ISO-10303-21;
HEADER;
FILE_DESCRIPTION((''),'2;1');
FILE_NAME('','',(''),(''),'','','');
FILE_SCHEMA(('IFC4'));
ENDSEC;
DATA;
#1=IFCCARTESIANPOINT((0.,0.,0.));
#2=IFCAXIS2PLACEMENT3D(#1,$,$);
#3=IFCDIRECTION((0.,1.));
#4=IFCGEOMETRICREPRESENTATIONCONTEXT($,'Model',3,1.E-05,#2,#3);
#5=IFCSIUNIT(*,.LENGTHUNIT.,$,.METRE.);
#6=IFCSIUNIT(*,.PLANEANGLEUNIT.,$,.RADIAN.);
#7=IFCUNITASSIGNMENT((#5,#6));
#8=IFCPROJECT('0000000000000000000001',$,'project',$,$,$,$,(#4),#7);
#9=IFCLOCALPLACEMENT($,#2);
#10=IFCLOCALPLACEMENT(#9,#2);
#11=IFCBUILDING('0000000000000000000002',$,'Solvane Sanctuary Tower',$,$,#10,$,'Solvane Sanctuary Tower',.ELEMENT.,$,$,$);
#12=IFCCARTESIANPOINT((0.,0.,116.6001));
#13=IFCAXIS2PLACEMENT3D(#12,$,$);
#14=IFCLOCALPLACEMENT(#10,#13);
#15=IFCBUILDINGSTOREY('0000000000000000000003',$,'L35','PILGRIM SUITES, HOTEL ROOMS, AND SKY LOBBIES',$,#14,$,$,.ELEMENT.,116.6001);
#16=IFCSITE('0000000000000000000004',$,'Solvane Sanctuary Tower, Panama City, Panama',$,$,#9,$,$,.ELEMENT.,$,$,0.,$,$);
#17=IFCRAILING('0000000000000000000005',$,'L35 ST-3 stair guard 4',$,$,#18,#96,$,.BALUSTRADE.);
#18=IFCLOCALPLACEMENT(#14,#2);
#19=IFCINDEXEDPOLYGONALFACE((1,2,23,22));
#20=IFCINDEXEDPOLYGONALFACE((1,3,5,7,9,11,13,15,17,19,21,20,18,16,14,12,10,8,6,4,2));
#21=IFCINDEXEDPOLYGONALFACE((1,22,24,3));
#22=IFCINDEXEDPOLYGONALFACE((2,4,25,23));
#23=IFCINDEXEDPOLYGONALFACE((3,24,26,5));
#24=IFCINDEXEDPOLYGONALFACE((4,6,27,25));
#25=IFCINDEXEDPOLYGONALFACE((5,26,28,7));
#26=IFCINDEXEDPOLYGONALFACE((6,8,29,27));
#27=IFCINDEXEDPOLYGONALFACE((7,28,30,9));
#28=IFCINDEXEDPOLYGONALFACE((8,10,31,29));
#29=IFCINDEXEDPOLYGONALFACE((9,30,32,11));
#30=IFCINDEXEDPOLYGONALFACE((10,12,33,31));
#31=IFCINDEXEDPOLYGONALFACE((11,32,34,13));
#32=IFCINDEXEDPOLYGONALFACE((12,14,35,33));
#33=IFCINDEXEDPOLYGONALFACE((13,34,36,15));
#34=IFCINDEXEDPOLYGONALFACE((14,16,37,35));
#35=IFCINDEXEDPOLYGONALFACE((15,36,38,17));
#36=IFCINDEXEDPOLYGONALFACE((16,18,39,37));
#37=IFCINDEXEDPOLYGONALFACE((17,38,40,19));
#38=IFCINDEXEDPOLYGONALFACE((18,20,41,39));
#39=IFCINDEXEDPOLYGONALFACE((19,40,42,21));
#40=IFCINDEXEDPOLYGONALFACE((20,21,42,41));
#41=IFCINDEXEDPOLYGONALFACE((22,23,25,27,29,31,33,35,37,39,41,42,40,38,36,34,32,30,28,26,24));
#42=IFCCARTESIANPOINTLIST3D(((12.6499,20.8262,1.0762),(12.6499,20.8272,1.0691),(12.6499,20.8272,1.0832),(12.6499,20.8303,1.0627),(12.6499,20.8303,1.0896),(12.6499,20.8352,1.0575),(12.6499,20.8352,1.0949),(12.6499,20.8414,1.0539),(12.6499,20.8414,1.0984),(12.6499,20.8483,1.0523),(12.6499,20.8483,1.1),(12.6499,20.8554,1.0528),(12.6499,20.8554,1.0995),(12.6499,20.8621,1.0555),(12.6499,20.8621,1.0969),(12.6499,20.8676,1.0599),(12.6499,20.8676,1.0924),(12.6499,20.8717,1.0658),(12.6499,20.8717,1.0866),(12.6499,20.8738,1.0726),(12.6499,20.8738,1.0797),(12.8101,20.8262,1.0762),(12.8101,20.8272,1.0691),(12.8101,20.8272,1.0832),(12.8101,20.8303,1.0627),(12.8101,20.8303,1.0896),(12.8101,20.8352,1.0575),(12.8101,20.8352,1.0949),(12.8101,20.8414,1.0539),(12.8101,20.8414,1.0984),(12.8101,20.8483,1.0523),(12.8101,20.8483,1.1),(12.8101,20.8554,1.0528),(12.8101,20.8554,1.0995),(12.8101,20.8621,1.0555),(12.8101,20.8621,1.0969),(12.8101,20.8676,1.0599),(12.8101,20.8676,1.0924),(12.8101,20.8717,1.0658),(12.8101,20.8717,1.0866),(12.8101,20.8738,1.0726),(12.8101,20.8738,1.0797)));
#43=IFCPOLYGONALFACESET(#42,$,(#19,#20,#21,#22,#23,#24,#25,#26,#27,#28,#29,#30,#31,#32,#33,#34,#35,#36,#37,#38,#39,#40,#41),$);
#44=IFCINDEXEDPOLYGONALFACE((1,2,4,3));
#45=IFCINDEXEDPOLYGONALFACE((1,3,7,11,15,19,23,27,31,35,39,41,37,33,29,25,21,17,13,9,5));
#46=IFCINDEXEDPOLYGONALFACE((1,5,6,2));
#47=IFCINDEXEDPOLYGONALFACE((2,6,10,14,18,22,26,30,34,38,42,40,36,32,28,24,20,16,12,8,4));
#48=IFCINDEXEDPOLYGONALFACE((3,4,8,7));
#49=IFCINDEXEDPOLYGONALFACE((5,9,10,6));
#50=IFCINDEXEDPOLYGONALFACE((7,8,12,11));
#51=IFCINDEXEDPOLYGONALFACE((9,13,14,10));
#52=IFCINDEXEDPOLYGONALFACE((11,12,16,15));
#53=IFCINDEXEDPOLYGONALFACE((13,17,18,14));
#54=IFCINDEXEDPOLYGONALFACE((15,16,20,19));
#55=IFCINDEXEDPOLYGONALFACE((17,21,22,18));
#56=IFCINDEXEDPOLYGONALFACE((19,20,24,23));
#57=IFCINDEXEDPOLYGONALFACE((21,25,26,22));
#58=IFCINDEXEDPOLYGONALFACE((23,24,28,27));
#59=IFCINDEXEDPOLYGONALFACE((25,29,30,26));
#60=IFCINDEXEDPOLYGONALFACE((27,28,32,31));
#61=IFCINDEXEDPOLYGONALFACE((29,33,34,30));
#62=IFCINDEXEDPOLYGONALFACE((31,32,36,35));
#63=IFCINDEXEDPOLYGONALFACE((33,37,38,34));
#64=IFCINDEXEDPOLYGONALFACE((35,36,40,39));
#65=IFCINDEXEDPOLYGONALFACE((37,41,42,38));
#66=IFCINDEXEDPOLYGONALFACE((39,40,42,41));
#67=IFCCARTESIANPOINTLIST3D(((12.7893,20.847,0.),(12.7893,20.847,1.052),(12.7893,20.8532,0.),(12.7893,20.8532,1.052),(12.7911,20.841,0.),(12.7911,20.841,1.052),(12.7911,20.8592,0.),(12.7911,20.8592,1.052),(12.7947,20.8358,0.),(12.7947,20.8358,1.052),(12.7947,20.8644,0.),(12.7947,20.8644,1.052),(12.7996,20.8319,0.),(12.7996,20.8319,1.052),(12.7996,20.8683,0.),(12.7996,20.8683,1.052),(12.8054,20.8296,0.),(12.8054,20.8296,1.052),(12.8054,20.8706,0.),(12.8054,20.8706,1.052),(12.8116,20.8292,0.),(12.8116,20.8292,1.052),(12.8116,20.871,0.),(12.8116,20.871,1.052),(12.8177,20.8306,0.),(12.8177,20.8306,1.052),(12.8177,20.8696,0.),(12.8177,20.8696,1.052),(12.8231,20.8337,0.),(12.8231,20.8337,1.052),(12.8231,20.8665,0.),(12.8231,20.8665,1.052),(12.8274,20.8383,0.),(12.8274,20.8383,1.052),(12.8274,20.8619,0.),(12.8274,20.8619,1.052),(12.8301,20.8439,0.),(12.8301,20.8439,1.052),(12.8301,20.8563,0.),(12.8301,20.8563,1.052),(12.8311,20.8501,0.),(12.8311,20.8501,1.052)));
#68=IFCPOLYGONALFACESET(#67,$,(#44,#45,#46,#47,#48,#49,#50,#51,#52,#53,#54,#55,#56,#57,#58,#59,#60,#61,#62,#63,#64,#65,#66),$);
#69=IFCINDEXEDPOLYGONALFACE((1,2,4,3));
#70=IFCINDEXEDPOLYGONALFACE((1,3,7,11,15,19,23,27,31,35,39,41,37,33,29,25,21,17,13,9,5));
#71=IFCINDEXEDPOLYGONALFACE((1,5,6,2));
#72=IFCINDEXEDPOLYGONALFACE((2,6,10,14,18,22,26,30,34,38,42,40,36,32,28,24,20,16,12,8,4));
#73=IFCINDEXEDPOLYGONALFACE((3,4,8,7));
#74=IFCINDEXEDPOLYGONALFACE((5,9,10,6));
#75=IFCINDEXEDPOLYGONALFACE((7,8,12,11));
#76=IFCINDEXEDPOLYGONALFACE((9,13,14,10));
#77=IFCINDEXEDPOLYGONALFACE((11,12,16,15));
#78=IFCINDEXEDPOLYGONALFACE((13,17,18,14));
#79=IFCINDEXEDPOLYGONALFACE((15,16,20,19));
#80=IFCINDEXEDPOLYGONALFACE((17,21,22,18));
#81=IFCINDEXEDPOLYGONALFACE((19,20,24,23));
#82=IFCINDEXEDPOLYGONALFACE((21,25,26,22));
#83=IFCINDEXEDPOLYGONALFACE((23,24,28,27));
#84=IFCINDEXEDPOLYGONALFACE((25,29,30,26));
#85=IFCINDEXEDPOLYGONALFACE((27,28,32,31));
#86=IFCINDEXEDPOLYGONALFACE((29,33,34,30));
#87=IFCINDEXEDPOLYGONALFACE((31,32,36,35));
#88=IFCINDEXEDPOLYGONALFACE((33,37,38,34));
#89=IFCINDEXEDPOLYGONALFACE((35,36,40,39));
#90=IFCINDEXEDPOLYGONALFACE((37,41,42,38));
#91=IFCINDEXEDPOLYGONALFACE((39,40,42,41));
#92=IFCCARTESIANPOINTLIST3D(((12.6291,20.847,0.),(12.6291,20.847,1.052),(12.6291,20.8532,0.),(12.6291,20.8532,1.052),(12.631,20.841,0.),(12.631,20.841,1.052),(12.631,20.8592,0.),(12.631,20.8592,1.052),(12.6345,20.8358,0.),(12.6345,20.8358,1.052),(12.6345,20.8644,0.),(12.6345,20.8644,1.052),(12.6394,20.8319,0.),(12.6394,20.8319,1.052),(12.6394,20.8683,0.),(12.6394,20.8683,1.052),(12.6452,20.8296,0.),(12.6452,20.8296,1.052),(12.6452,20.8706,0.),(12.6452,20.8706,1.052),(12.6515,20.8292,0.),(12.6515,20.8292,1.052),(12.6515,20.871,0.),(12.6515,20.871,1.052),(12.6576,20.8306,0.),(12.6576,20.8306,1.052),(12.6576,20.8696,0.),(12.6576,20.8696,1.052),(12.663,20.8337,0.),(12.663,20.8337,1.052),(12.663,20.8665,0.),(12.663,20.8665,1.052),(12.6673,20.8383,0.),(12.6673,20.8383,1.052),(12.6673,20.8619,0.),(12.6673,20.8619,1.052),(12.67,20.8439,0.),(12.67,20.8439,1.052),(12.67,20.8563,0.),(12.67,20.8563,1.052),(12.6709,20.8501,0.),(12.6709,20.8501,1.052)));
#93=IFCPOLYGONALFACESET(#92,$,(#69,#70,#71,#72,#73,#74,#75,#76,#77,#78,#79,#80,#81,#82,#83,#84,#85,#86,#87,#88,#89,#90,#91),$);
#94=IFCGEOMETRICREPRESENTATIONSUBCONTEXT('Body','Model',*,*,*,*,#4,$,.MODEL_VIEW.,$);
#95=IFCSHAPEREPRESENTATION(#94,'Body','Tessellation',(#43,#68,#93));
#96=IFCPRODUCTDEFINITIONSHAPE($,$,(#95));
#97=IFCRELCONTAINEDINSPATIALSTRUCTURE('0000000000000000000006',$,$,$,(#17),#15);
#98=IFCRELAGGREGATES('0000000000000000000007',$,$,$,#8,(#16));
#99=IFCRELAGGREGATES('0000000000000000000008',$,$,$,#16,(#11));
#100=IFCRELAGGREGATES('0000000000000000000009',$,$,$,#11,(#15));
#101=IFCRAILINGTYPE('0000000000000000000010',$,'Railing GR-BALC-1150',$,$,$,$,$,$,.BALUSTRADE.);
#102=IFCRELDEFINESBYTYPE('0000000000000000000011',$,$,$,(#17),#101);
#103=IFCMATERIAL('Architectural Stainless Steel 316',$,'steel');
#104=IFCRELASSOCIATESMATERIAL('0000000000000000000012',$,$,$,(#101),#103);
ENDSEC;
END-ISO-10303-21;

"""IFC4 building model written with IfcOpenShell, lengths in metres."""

from ifc_helpers import new_model, si_unit, direction, frame, origin, origin_2d, place, context, subcontext, project, spatial, circle, extrude, material, type_object, element, save


model = new_model("IFC4")

# Units and contexts
model_context = context("Model", 3, precision=1e-05, world=origin(), true_north=direction((0.0, 1.0)))
body_context = subcontext(model_context, "Body", "Model", "MODEL_VIEW")
ifc_project = project(units=[si_unit("LENGTHUNIT", "METRE"), si_unit("PLANEANGLEUNIT", "RADIAN")], contexts=[model_context])

# Site, building, storey
site_placement = place(None, origin())
site = spatial("IfcSite", under=ifc_project, at=site_placement, Name="Solvane Sanctuary Tower, Panama City, Panama", CompositionType="ELEMENT", RefElevation=0.0)
building_placement = place(site_placement, origin())
building = spatial("IfcBuilding", under=site, at=building_placement, Name="Solvane Sanctuary Tower", LongName="Solvane Sanctuary Tower", CompositionType="ELEMENT")
storey_placement = place(building_placement, frame((0.0, 0.0, 116.6001)))
storey = spatial("IfcBuildingStorey", under=building, at=storey_placement, Name="L35", Description="PILGRIM SUITES, HOTEL ROOMS, AND SKY LOBBIES", CompositionType="ELEMENT", Elevation=116.6001)

# Shared definitions
ifc_material_1 = material(Name="Architectural Stainless Steel 316", Category="steel")

# Railing
railing_type = type_object("IfcRailingType", Name="Railing GR-BALC-1150", PredefinedType="BALUSTRADE", material=ifc_material_1)
railing_1_placement = place(storey_placement, frame((12.8101, 20.8501, 0.0)))
element("IfcRailing", 1, at=railing_1_placement, inside=storey, type_object=railing_type, Name="L35 ST-3 stair guard 4", PredefinedType="BALUSTRADE", context=body_context, shape_type="SweptSolid", body=[
    extrude(circle(Radius=0.0239, at=origin_2d()), frame((0.0, 0.0, 1.0762), z_axis=(-1.0, 0.0, 0.0), x_axis=(0.0, -1.0, 0.0)), (0.0, 0.0, 1.0), 0.1602),
    extrude(circle(Radius=0.021, at=origin_2d()), origin(), (0.0, 0.0, 1.0), 1.052),
    extrude(circle(Radius=0.021, at=origin_2d()), frame((-0.1602, 0.0, 0.0)), (0.0, 0.0, 1.0), 1.052),
])

save(model, "model.ifc")
